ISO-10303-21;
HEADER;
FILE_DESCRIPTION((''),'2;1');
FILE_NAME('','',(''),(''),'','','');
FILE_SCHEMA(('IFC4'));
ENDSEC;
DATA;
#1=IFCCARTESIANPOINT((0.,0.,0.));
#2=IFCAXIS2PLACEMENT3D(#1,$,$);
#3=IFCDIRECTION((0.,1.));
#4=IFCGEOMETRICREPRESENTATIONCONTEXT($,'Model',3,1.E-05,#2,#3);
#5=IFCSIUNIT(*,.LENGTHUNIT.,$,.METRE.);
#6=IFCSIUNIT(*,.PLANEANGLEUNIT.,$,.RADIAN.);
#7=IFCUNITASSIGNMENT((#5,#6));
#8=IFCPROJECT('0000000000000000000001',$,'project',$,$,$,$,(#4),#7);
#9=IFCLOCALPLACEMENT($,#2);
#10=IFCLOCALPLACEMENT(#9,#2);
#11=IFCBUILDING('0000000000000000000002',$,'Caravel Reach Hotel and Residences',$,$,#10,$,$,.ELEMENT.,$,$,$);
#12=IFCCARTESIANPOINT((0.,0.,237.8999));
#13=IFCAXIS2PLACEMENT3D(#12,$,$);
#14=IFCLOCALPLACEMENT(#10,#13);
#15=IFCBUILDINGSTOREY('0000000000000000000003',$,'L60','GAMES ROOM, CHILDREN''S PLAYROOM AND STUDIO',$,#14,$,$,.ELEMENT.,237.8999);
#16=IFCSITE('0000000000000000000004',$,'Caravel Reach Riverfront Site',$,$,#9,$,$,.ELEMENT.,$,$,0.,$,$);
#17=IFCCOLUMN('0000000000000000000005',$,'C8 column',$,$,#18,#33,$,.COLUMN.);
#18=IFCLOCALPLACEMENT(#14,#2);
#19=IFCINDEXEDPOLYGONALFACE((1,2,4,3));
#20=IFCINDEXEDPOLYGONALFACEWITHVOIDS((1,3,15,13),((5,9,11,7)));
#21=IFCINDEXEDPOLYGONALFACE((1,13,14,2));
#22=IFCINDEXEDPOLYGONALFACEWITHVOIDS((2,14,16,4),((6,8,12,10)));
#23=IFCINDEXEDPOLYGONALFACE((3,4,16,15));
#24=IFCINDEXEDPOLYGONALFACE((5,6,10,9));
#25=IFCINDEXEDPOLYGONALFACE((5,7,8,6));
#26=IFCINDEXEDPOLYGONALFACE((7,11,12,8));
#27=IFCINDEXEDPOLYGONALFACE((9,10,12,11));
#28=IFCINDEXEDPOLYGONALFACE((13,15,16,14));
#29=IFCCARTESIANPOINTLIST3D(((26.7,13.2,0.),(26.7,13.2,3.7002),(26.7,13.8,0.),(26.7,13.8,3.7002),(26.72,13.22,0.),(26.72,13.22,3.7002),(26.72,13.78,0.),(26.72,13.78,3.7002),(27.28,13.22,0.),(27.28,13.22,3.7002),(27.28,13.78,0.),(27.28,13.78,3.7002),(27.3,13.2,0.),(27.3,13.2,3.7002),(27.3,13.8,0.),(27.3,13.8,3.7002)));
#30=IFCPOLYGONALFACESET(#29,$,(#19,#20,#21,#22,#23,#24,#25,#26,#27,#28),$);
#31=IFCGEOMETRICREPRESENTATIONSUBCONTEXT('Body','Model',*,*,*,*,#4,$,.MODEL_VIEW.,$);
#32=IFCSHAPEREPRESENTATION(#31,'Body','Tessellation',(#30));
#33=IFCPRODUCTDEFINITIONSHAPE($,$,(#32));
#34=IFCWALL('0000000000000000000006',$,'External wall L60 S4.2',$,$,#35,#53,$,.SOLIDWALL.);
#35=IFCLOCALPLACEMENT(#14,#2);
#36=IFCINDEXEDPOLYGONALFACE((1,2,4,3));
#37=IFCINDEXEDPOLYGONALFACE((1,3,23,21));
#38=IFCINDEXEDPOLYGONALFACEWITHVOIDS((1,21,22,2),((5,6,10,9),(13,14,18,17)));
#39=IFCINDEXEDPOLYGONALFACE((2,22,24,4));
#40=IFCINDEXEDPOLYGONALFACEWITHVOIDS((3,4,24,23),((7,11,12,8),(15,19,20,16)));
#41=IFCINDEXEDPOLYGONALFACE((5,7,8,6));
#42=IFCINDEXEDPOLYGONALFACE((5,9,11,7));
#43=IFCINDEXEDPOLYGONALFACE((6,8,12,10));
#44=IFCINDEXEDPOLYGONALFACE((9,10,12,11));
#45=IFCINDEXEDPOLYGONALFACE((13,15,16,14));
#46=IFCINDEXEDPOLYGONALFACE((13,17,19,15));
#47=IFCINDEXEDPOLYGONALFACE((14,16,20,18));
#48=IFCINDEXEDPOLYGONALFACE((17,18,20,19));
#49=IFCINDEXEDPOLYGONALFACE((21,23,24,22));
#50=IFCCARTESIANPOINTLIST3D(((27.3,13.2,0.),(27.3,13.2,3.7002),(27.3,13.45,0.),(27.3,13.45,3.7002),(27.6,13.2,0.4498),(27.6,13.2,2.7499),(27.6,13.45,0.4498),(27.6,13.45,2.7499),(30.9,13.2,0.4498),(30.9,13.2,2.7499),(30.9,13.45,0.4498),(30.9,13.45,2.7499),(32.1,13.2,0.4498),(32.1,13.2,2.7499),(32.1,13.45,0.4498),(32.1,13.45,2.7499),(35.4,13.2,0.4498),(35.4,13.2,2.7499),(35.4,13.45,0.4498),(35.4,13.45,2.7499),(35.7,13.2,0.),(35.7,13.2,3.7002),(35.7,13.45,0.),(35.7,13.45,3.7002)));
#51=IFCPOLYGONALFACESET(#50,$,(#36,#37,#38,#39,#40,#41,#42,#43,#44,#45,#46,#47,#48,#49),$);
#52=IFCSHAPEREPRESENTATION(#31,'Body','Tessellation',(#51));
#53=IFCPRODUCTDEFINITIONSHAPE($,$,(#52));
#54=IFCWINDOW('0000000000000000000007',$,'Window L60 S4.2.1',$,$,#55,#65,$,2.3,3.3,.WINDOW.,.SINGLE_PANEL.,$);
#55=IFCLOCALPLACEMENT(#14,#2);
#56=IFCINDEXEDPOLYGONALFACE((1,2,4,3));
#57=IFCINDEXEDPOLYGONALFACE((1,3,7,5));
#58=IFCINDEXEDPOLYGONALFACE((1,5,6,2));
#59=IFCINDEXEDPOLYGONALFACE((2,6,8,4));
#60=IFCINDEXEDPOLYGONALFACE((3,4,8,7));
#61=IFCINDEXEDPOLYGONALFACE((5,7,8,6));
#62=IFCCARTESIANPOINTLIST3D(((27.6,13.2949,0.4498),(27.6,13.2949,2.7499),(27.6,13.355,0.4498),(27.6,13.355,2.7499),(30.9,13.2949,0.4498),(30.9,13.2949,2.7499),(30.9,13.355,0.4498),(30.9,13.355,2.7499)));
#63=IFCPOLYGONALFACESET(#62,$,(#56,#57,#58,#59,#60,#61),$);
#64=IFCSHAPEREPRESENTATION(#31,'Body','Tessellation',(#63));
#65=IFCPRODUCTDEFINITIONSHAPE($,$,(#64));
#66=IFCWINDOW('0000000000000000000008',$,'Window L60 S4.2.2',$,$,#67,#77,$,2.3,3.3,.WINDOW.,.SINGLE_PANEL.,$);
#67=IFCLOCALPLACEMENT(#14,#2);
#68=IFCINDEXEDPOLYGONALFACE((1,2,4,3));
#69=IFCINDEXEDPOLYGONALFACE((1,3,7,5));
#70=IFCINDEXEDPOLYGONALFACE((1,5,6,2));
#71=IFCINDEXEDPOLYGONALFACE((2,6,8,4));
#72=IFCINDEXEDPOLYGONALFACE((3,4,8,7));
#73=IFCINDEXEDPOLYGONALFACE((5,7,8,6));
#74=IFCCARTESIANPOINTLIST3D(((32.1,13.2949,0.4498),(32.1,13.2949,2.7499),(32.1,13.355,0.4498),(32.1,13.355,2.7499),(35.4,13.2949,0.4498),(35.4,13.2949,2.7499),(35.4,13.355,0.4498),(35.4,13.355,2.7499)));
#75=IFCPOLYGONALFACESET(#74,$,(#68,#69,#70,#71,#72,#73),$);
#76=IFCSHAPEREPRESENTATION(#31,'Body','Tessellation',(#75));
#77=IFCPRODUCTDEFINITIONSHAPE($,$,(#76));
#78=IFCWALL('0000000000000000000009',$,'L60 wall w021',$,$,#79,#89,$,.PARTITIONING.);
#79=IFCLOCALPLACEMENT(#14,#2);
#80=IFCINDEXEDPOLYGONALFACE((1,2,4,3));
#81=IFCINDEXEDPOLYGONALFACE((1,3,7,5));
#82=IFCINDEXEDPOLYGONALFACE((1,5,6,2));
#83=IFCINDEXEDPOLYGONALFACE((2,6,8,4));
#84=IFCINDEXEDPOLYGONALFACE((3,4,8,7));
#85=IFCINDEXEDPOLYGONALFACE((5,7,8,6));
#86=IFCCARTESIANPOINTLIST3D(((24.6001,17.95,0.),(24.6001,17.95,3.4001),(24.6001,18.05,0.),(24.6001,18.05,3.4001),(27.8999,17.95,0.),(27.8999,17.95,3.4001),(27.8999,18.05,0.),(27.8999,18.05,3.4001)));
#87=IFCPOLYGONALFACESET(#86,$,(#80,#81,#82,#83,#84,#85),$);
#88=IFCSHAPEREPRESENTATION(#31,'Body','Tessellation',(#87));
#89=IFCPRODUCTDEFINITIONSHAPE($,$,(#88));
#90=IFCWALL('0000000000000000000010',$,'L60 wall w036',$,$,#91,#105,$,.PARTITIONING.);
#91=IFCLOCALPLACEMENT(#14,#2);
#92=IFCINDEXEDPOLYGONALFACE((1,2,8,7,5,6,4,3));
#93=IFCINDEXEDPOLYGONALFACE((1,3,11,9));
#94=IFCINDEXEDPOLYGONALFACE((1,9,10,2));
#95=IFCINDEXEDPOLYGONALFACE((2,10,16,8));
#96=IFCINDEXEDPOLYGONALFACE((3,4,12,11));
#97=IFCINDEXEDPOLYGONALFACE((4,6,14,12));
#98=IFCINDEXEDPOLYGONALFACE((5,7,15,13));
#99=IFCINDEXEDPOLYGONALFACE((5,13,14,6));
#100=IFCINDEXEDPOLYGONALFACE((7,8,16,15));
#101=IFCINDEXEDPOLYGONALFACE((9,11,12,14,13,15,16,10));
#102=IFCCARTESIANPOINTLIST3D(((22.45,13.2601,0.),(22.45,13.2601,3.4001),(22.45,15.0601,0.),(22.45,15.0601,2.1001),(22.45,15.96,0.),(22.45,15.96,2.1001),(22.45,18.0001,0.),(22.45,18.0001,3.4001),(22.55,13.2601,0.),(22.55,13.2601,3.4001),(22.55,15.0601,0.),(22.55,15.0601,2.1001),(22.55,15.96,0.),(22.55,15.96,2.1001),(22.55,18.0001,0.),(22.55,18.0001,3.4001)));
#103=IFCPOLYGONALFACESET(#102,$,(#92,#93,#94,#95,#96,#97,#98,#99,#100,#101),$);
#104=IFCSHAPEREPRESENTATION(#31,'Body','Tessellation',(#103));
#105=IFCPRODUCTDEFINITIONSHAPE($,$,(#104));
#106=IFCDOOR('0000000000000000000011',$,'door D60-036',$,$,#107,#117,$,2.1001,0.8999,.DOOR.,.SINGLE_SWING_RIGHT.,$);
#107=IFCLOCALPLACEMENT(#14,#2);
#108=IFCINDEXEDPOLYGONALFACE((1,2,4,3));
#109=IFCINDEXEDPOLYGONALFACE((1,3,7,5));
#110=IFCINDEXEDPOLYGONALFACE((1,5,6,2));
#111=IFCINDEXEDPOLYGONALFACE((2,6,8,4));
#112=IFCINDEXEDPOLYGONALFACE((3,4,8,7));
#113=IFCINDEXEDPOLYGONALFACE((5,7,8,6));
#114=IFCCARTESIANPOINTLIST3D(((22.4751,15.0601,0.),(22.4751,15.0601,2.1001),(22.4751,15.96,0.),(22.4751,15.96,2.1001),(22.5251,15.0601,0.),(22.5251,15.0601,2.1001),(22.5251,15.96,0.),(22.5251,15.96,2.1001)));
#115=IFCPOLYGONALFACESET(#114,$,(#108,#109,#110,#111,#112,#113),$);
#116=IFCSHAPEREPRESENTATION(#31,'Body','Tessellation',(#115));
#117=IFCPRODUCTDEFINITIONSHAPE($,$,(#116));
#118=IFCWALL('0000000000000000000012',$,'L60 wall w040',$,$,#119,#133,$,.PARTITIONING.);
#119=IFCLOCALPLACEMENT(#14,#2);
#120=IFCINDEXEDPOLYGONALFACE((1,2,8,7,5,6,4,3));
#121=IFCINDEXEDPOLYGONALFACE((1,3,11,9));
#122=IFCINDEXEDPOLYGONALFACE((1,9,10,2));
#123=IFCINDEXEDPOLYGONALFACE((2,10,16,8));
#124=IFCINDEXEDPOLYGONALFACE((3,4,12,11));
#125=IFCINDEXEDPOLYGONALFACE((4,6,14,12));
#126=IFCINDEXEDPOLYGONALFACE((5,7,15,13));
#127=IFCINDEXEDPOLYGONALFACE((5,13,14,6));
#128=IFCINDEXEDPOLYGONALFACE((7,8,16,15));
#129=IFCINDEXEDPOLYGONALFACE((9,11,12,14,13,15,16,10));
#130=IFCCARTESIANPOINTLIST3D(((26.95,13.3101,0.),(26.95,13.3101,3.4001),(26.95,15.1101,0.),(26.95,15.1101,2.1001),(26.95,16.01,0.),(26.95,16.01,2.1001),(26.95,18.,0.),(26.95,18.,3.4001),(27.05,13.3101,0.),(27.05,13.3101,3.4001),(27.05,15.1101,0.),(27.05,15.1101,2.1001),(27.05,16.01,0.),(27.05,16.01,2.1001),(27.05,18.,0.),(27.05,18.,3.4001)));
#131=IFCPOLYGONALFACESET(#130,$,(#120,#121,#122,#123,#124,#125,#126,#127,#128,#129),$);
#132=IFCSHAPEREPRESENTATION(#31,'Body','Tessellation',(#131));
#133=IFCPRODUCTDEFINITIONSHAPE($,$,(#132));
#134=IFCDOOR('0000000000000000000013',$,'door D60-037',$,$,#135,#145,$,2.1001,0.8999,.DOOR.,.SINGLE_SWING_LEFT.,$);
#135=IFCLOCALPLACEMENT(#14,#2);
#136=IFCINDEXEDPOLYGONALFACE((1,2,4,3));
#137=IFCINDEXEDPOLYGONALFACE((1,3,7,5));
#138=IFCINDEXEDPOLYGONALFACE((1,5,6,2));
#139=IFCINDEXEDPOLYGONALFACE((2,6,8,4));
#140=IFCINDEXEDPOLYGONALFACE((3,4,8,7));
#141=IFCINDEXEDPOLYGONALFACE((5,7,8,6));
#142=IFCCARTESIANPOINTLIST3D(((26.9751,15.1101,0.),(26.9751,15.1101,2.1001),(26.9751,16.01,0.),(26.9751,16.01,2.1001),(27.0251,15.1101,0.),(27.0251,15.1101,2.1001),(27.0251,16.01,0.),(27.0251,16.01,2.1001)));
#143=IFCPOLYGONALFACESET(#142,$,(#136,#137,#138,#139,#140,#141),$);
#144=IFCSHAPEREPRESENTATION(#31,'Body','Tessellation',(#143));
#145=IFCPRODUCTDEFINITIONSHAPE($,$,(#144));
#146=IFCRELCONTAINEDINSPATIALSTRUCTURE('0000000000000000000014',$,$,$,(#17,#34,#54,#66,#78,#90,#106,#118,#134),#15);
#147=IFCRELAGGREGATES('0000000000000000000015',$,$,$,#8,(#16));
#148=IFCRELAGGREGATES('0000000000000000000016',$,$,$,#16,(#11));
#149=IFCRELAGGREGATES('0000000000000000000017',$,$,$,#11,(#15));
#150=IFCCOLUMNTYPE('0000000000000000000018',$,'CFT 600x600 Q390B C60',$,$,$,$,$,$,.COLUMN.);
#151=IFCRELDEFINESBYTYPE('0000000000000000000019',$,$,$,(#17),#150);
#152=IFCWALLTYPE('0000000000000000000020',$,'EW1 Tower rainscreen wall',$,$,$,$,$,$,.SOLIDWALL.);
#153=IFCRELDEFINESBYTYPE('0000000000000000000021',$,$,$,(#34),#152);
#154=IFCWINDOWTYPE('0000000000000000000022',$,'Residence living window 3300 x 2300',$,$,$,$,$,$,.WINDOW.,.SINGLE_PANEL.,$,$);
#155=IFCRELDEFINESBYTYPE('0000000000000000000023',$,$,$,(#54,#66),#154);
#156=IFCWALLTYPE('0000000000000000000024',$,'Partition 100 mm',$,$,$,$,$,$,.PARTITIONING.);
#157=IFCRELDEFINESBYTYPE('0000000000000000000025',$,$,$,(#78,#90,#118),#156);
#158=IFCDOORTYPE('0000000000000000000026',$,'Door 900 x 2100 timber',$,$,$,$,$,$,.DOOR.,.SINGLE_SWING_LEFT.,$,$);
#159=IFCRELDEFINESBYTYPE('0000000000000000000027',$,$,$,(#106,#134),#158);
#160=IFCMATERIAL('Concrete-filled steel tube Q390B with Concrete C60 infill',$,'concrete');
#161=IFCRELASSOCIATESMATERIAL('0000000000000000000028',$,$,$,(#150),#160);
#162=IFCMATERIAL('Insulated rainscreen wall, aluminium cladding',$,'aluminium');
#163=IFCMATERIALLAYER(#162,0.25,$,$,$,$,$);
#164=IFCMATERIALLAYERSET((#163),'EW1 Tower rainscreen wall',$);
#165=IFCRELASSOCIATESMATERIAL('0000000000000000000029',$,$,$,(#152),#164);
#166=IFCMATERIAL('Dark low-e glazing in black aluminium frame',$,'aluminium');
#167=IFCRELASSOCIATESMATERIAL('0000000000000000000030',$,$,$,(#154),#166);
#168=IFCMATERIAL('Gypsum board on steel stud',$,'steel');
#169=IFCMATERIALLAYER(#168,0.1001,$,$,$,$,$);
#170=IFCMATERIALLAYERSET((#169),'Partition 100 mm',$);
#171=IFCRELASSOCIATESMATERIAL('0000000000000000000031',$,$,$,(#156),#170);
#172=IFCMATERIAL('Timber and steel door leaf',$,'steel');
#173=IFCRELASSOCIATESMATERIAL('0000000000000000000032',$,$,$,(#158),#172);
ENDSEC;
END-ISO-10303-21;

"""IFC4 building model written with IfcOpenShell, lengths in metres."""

from ifc_helpers import new_model, si_unit, direction, frame, frame_2d, origin, origin_2d, place, context, subcontext, project, spatial, rectangle, hollow_rectangle, extrude, material, layer, layer_set, material_profile, profile_set, type_object, element, fill, save


model = new_model("IFC4")

# Units and contexts
model_context = context("Model", 3, precision=1e-05, world=origin(), true_north=direction((0.0, 1.0)))
body_context = subcontext(model_context, "Body", "Model", "MODEL_VIEW")
ifc_project = project(units=[si_unit("LENGTHUNIT", "METRE"), si_unit("PLANEANGLEUNIT", "RADIAN")], contexts=[model_context])

# Site, building, storey
site_placement = place(None, origin())
site = spatial("IfcSite", under=ifc_project, at=site_placement, Name="Caravel Reach Riverfront Site", CompositionType="ELEMENT", RefElevation=0.0)
building_placement = place(site_placement, origin())
building = spatial("IfcBuilding", under=site, at=building_placement, Name="Caravel Reach Hotel and Residences", CompositionType="ELEMENT")
storey_placement = place(building_placement, frame((0.0, 0.0, 237.8999)))
storey = spatial("IfcBuildingStorey", under=building, at=storey_placement, Name="L60", Description="GAMES ROOM, CHILDREN'S PLAYROOM AND STUDIO", CompositionType="ELEMENT", Elevation=237.8999)

# Column
ifc_material_1 = material(Name="Concrete-filled steel tube Q390B with Concrete C60 infill", Category="concrete")
ifc_material_profile = material_profile(ifc_material_1, hollow_rectangle(XDim=0.6001, YDim=0.6001, WallThickness=0.02, at=origin_2d()), Name="RHS 600x600x20")
ifc_profile_set = profile_set([ifc_material_profile], Name="Concrete-filled steel tube Q390B with Concrete C60 infill")
column_type = type_object("IfcColumnType", Name="CFT 600x600 Q390B C60", PredefinedType="COLUMN", material=ifc_profile_set)
column_placement = place(storey_placement, frame((27.0, 13.5, 0.0), z_axis=(0.0, 0.0, 1.0), x_axis=(1.0, 0.0, 0.0)))
element("IfcColumn", 1, at=column_placement, inside=storey, type_object=column_type, Name="C8 column", PredefinedType="COLUMN", context=body_context, shape_type="SweptSolid", body=[
    extrude(hollow_rectangle(XDim=0.6001, YDim=0.6001, WallThickness=0.02, at=origin_2d()), origin(), (0.0, 0.0, 1.0), 3.7002),
])

# Wall, openings, windows
ifc_material_2 = material(Name="Insulated rainscreen wall, aluminium cladding", Category="aluminium")
ifc_layer_1 = layer(ifc_material_2, 0.25)
ifc_layer_set_1 = layer_set([ifc_layer_1], Name="EW1 Tower rainscreen wall")
wall_type_1 = type_object("IfcWallType", Name="EW1 Tower rainscreen wall", PredefinedType="SOLIDWALL", material=ifc_layer_set_1)
wall_1_placement = place(storey_placement, frame((27.3, 13.325, 0.0), z_axis=(0.0, 0.0, 1.0), x_axis=(1.0, 0.0, 0.0)))
wall_1 = element("IfcWall", 2, at=wall_1_placement, inside=storey, type_object=wall_type_1, Name="External wall L60 S4.2", PredefinedType="SOLIDWALL", context=body_context, shape_type="SweptSolid", body=[
    extrude(rectangle(XDim=8.3999, YDim=0.25, at=frame_2d((4.2, 0.0))), origin(), (0.0, 0.0, 1.0), 3.7002),
])
opening_1_placement = place(wall_1_placement, frame((0.3, 0.0, 0.45)))
opening_1 = element("IfcOpeningElement", 3, at=opening_1_placement, cuts=wall_1, PredefinedType="OPENING", context=body_context, shape_type="SweptSolid", body=[
    extrude(rectangle(XDim=3.3, YDim=2.3, at=frame_2d((1.6499, 1.1499))), frame((0.0, 0.135, 0.0), z_axis=(0.0, -1.0, 0.0), x_axis=(1.0, 0.0, 0.0)), (0.0, 0.0, 1.0), 0.27),
])
opening_2_placement = place(wall_1_placement, frame((4.8, 0.0, 0.45)))
opening_2 = element("IfcOpeningElement", 4, at=opening_2_placement, cuts=wall_1, PredefinedType="OPENING", context=body_context, shape_type="SweptSolid", body=[
    extrude(rectangle(XDim=3.3, YDim=2.3, at=frame_2d((1.6499, 1.1499))), frame((0.0, 0.135, 0.0), z_axis=(0.0, -1.0, 0.0), x_axis=(1.0, 0.0, 0.0)), (0.0, 0.0, 1.0), 0.27),
])
ifc_material_3 = material(Name="Dark low-e glazing in black aluminium frame", Category="aluminium")
window_type = type_object("IfcWindowType", Name="Residence living window 3300 x 2300", PartitioningType="SINGLE_PANEL", PredefinedType="WINDOW", material=ifc_material_3)
window_1_placement = place(opening_1_placement, origin())
window_1 = element("IfcWindow", 5, at=window_1_placement, inside=storey, type_object=window_type, Name="Window L60 S4.2.1", OverallHeight=2.3, OverallWidth=3.3, PartitioningType="SINGLE_PANEL", PredefinedType="WINDOW", context=body_context, shape_type="SweptSolid", body=[
    extrude(rectangle(XDim=3.3, YDim=2.3, at=frame_2d((1.6499, 1.1499))), frame((0.0, 0.03, 0.0), z_axis=(0.0, -1.0, 0.0), x_axis=(1.0, 0.0, 0.0)), (0.0, 0.0, 1.0), 0.0601),
])
fill(opening_1, window_1)
window_2_placement = place(opening_2_placement, origin())
window_2 = element("IfcWindow", 6, at=window_2_placement, inside=storey, type_object=window_type, Name="Window L60 S4.2.2", OverallHeight=2.3, OverallWidth=3.3, PartitioningType="SINGLE_PANEL", PredefinedType="WINDOW", context=body_context, shape_type="SweptSolid", body=[
    extrude(rectangle(XDim=3.3, YDim=2.3, at=frame_2d((1.6499, 1.1499))), frame((0.0, 0.03, 0.0), z_axis=(0.0, -1.0, 0.0), x_axis=(1.0, 0.0, 0.0)), (0.0, 0.0, 1.0), 0.0601),
])
fill(opening_2, window_2)

# Wall
ifc_material_4 = material(Name="Gypsum board on steel stud", Category="steel")
ifc_layer_2 = layer(ifc_material_4, 0.1001)
ifc_layer_set_2 = layer_set([ifc_layer_2], Name="Partition 100 mm")
wall_type_2 = type_object("IfcWallType", Name="Partition 100 mm", PredefinedType="PARTITIONING", material=ifc_layer_set_2)
wall_2_placement = place(storey_placement, frame((24.6001, 18.0, 0.0), z_axis=(0.0, 0.0, 1.0), x_axis=(1.0, 0.0, 0.0)))
element("IfcWall", 7, at=wall_2_placement, inside=storey, type_object=wall_type_2, Name="L60 wall w021", PredefinedType="PARTITIONING", context=body_context, shape_type="SweptSolid", body=[
    extrude(rectangle(XDim=3.2998, YDim=0.1001, at=frame_2d((1.6499, 0.0))), origin(), (0.0, 0.0, 1.0), 3.4001),
])

# Walls, openings, doors
wall_3_placement = place(storey_placement, frame((22.5, 13.26, 0.0), z_axis=(0.0, 0.0, 1.0), x_axis=(0.0, 1.0, 0.0)))
wall_3 = element("IfcWall", 8, at=wall_3_placement, inside=storey, type_object=wall_type_2, Name="L60 wall w036", PredefinedType="PARTITIONING", context=body_context, shape_type="SweptSolid", body=[
    extrude(rectangle(XDim=4.74, YDim=0.1001, at=frame_2d((2.3701, 0.0))), origin(), (0.0, 0.0, 1.0), 3.4001),
])
opening_3_placement = place(wall_3_placement, frame((1.8, 0.0, 0.0)))
opening_3 = element("IfcOpeningElement", 9, at=opening_3_placement, cuts=wall_3, PredefinedType="OPENING", context=body_context, shape_type="SweptSolid", body=[
    extrude(rectangle(XDim=0.8999, YDim=2.1001, at=frame_2d((0.45, 1.05))), frame((0.0, 0.0601, 0.0), z_axis=(0.0, -1.0, 0.0), x_axis=(1.0, 0.0, 0.0)), (0.0, 0.0, 1.0), 0.1201),
])
ifc_material_5 = material(Name="Timber and steel door leaf", Category="steel")
door_type = type_object("IfcDoorType", Name="Door 900 x 2100 timber", OperationType="SINGLE_SWING_LEFT", PredefinedType="DOOR", material=ifc_material_5)
door_1_placement = place(opening_3_placement, origin())
door_1 = element("IfcDoor", 10, at=door_1_placement, inside=storey, type_object=door_type, Name="door D60-036", OperationType="SINGLE_SWING_RIGHT", OverallHeight=2.1001, OverallWidth=0.8999, PredefinedType="DOOR", context=body_context, shape_type="SweptSolid", body=[
    extrude(rectangle(XDim=0.8999, YDim=2.1001, at=frame_2d((0.45, 1.05))), frame((0.0, 0.0249, 0.0), z_axis=(0.0, -1.0, 0.0), x_axis=(1.0, 0.0, 0.0)), (0.0, 0.0, 1.0), 0.05),
])
fill(opening_3, door_1)
wall_4_placement = place(storey_placement, frame((27.0, 13.3101, 0.0), z_axis=(0.0, 0.0, 1.0), x_axis=(0.0, 1.0, 0.0)))
wall_4 = element("IfcWall", 11, at=wall_4_placement, inside=storey, type_object=wall_type_2, Name="L60 wall w040", PredefinedType="PARTITIONING", context=body_context, shape_type="SweptSolid", body=[
    extrude(rectangle(XDim=4.6899, YDim=0.1001, at=frame_2d((2.345, 0.0))), origin(), (0.0, 0.0, 1.0), 3.4001),
])
opening_4_placement = place(wall_4_placement, frame((1.8, 0.0, 0.0)))
opening_4 = element("IfcOpeningElement", 12, at=opening_4_placement, cuts=wall_4, PredefinedType="OPENING", context=body_context, shape_type="SweptSolid", body=[
    extrude(rectangle(XDim=0.8999, YDim=2.1001, at=frame_2d((0.45, 1.05))), frame((0.0, 0.0601, 0.0), z_axis=(0.0, -1.0, 0.0), x_axis=(1.0, 0.0, 0.0)), (0.0, 0.0, 1.0), 0.1201),
])
door_2_placement = place(opening_4_placement, origin())
door_2 = element("IfcDoor", 13, at=door_2_placement, inside=storey, type_object=door_type, Name="door D60-037", OperationType="SINGLE_SWING_LEFT", OverallHeight=2.1001, OverallWidth=0.8999, PredefinedType="DOOR", context=body_context, shape_type="SweptSolid", body=[
    extrude(rectangle(XDim=0.8999, YDim=2.1001, at=frame_2d((0.45, 1.05))), frame((0.0, 0.0249, 0.0), z_axis=(0.0, -1.0, 0.0), x_axis=(1.0, 0.0, 0.0)), (0.0, 0.0, 1.0), 0.05),
])
fill(opening_4, door_2)

save(model, "model.ifc")
